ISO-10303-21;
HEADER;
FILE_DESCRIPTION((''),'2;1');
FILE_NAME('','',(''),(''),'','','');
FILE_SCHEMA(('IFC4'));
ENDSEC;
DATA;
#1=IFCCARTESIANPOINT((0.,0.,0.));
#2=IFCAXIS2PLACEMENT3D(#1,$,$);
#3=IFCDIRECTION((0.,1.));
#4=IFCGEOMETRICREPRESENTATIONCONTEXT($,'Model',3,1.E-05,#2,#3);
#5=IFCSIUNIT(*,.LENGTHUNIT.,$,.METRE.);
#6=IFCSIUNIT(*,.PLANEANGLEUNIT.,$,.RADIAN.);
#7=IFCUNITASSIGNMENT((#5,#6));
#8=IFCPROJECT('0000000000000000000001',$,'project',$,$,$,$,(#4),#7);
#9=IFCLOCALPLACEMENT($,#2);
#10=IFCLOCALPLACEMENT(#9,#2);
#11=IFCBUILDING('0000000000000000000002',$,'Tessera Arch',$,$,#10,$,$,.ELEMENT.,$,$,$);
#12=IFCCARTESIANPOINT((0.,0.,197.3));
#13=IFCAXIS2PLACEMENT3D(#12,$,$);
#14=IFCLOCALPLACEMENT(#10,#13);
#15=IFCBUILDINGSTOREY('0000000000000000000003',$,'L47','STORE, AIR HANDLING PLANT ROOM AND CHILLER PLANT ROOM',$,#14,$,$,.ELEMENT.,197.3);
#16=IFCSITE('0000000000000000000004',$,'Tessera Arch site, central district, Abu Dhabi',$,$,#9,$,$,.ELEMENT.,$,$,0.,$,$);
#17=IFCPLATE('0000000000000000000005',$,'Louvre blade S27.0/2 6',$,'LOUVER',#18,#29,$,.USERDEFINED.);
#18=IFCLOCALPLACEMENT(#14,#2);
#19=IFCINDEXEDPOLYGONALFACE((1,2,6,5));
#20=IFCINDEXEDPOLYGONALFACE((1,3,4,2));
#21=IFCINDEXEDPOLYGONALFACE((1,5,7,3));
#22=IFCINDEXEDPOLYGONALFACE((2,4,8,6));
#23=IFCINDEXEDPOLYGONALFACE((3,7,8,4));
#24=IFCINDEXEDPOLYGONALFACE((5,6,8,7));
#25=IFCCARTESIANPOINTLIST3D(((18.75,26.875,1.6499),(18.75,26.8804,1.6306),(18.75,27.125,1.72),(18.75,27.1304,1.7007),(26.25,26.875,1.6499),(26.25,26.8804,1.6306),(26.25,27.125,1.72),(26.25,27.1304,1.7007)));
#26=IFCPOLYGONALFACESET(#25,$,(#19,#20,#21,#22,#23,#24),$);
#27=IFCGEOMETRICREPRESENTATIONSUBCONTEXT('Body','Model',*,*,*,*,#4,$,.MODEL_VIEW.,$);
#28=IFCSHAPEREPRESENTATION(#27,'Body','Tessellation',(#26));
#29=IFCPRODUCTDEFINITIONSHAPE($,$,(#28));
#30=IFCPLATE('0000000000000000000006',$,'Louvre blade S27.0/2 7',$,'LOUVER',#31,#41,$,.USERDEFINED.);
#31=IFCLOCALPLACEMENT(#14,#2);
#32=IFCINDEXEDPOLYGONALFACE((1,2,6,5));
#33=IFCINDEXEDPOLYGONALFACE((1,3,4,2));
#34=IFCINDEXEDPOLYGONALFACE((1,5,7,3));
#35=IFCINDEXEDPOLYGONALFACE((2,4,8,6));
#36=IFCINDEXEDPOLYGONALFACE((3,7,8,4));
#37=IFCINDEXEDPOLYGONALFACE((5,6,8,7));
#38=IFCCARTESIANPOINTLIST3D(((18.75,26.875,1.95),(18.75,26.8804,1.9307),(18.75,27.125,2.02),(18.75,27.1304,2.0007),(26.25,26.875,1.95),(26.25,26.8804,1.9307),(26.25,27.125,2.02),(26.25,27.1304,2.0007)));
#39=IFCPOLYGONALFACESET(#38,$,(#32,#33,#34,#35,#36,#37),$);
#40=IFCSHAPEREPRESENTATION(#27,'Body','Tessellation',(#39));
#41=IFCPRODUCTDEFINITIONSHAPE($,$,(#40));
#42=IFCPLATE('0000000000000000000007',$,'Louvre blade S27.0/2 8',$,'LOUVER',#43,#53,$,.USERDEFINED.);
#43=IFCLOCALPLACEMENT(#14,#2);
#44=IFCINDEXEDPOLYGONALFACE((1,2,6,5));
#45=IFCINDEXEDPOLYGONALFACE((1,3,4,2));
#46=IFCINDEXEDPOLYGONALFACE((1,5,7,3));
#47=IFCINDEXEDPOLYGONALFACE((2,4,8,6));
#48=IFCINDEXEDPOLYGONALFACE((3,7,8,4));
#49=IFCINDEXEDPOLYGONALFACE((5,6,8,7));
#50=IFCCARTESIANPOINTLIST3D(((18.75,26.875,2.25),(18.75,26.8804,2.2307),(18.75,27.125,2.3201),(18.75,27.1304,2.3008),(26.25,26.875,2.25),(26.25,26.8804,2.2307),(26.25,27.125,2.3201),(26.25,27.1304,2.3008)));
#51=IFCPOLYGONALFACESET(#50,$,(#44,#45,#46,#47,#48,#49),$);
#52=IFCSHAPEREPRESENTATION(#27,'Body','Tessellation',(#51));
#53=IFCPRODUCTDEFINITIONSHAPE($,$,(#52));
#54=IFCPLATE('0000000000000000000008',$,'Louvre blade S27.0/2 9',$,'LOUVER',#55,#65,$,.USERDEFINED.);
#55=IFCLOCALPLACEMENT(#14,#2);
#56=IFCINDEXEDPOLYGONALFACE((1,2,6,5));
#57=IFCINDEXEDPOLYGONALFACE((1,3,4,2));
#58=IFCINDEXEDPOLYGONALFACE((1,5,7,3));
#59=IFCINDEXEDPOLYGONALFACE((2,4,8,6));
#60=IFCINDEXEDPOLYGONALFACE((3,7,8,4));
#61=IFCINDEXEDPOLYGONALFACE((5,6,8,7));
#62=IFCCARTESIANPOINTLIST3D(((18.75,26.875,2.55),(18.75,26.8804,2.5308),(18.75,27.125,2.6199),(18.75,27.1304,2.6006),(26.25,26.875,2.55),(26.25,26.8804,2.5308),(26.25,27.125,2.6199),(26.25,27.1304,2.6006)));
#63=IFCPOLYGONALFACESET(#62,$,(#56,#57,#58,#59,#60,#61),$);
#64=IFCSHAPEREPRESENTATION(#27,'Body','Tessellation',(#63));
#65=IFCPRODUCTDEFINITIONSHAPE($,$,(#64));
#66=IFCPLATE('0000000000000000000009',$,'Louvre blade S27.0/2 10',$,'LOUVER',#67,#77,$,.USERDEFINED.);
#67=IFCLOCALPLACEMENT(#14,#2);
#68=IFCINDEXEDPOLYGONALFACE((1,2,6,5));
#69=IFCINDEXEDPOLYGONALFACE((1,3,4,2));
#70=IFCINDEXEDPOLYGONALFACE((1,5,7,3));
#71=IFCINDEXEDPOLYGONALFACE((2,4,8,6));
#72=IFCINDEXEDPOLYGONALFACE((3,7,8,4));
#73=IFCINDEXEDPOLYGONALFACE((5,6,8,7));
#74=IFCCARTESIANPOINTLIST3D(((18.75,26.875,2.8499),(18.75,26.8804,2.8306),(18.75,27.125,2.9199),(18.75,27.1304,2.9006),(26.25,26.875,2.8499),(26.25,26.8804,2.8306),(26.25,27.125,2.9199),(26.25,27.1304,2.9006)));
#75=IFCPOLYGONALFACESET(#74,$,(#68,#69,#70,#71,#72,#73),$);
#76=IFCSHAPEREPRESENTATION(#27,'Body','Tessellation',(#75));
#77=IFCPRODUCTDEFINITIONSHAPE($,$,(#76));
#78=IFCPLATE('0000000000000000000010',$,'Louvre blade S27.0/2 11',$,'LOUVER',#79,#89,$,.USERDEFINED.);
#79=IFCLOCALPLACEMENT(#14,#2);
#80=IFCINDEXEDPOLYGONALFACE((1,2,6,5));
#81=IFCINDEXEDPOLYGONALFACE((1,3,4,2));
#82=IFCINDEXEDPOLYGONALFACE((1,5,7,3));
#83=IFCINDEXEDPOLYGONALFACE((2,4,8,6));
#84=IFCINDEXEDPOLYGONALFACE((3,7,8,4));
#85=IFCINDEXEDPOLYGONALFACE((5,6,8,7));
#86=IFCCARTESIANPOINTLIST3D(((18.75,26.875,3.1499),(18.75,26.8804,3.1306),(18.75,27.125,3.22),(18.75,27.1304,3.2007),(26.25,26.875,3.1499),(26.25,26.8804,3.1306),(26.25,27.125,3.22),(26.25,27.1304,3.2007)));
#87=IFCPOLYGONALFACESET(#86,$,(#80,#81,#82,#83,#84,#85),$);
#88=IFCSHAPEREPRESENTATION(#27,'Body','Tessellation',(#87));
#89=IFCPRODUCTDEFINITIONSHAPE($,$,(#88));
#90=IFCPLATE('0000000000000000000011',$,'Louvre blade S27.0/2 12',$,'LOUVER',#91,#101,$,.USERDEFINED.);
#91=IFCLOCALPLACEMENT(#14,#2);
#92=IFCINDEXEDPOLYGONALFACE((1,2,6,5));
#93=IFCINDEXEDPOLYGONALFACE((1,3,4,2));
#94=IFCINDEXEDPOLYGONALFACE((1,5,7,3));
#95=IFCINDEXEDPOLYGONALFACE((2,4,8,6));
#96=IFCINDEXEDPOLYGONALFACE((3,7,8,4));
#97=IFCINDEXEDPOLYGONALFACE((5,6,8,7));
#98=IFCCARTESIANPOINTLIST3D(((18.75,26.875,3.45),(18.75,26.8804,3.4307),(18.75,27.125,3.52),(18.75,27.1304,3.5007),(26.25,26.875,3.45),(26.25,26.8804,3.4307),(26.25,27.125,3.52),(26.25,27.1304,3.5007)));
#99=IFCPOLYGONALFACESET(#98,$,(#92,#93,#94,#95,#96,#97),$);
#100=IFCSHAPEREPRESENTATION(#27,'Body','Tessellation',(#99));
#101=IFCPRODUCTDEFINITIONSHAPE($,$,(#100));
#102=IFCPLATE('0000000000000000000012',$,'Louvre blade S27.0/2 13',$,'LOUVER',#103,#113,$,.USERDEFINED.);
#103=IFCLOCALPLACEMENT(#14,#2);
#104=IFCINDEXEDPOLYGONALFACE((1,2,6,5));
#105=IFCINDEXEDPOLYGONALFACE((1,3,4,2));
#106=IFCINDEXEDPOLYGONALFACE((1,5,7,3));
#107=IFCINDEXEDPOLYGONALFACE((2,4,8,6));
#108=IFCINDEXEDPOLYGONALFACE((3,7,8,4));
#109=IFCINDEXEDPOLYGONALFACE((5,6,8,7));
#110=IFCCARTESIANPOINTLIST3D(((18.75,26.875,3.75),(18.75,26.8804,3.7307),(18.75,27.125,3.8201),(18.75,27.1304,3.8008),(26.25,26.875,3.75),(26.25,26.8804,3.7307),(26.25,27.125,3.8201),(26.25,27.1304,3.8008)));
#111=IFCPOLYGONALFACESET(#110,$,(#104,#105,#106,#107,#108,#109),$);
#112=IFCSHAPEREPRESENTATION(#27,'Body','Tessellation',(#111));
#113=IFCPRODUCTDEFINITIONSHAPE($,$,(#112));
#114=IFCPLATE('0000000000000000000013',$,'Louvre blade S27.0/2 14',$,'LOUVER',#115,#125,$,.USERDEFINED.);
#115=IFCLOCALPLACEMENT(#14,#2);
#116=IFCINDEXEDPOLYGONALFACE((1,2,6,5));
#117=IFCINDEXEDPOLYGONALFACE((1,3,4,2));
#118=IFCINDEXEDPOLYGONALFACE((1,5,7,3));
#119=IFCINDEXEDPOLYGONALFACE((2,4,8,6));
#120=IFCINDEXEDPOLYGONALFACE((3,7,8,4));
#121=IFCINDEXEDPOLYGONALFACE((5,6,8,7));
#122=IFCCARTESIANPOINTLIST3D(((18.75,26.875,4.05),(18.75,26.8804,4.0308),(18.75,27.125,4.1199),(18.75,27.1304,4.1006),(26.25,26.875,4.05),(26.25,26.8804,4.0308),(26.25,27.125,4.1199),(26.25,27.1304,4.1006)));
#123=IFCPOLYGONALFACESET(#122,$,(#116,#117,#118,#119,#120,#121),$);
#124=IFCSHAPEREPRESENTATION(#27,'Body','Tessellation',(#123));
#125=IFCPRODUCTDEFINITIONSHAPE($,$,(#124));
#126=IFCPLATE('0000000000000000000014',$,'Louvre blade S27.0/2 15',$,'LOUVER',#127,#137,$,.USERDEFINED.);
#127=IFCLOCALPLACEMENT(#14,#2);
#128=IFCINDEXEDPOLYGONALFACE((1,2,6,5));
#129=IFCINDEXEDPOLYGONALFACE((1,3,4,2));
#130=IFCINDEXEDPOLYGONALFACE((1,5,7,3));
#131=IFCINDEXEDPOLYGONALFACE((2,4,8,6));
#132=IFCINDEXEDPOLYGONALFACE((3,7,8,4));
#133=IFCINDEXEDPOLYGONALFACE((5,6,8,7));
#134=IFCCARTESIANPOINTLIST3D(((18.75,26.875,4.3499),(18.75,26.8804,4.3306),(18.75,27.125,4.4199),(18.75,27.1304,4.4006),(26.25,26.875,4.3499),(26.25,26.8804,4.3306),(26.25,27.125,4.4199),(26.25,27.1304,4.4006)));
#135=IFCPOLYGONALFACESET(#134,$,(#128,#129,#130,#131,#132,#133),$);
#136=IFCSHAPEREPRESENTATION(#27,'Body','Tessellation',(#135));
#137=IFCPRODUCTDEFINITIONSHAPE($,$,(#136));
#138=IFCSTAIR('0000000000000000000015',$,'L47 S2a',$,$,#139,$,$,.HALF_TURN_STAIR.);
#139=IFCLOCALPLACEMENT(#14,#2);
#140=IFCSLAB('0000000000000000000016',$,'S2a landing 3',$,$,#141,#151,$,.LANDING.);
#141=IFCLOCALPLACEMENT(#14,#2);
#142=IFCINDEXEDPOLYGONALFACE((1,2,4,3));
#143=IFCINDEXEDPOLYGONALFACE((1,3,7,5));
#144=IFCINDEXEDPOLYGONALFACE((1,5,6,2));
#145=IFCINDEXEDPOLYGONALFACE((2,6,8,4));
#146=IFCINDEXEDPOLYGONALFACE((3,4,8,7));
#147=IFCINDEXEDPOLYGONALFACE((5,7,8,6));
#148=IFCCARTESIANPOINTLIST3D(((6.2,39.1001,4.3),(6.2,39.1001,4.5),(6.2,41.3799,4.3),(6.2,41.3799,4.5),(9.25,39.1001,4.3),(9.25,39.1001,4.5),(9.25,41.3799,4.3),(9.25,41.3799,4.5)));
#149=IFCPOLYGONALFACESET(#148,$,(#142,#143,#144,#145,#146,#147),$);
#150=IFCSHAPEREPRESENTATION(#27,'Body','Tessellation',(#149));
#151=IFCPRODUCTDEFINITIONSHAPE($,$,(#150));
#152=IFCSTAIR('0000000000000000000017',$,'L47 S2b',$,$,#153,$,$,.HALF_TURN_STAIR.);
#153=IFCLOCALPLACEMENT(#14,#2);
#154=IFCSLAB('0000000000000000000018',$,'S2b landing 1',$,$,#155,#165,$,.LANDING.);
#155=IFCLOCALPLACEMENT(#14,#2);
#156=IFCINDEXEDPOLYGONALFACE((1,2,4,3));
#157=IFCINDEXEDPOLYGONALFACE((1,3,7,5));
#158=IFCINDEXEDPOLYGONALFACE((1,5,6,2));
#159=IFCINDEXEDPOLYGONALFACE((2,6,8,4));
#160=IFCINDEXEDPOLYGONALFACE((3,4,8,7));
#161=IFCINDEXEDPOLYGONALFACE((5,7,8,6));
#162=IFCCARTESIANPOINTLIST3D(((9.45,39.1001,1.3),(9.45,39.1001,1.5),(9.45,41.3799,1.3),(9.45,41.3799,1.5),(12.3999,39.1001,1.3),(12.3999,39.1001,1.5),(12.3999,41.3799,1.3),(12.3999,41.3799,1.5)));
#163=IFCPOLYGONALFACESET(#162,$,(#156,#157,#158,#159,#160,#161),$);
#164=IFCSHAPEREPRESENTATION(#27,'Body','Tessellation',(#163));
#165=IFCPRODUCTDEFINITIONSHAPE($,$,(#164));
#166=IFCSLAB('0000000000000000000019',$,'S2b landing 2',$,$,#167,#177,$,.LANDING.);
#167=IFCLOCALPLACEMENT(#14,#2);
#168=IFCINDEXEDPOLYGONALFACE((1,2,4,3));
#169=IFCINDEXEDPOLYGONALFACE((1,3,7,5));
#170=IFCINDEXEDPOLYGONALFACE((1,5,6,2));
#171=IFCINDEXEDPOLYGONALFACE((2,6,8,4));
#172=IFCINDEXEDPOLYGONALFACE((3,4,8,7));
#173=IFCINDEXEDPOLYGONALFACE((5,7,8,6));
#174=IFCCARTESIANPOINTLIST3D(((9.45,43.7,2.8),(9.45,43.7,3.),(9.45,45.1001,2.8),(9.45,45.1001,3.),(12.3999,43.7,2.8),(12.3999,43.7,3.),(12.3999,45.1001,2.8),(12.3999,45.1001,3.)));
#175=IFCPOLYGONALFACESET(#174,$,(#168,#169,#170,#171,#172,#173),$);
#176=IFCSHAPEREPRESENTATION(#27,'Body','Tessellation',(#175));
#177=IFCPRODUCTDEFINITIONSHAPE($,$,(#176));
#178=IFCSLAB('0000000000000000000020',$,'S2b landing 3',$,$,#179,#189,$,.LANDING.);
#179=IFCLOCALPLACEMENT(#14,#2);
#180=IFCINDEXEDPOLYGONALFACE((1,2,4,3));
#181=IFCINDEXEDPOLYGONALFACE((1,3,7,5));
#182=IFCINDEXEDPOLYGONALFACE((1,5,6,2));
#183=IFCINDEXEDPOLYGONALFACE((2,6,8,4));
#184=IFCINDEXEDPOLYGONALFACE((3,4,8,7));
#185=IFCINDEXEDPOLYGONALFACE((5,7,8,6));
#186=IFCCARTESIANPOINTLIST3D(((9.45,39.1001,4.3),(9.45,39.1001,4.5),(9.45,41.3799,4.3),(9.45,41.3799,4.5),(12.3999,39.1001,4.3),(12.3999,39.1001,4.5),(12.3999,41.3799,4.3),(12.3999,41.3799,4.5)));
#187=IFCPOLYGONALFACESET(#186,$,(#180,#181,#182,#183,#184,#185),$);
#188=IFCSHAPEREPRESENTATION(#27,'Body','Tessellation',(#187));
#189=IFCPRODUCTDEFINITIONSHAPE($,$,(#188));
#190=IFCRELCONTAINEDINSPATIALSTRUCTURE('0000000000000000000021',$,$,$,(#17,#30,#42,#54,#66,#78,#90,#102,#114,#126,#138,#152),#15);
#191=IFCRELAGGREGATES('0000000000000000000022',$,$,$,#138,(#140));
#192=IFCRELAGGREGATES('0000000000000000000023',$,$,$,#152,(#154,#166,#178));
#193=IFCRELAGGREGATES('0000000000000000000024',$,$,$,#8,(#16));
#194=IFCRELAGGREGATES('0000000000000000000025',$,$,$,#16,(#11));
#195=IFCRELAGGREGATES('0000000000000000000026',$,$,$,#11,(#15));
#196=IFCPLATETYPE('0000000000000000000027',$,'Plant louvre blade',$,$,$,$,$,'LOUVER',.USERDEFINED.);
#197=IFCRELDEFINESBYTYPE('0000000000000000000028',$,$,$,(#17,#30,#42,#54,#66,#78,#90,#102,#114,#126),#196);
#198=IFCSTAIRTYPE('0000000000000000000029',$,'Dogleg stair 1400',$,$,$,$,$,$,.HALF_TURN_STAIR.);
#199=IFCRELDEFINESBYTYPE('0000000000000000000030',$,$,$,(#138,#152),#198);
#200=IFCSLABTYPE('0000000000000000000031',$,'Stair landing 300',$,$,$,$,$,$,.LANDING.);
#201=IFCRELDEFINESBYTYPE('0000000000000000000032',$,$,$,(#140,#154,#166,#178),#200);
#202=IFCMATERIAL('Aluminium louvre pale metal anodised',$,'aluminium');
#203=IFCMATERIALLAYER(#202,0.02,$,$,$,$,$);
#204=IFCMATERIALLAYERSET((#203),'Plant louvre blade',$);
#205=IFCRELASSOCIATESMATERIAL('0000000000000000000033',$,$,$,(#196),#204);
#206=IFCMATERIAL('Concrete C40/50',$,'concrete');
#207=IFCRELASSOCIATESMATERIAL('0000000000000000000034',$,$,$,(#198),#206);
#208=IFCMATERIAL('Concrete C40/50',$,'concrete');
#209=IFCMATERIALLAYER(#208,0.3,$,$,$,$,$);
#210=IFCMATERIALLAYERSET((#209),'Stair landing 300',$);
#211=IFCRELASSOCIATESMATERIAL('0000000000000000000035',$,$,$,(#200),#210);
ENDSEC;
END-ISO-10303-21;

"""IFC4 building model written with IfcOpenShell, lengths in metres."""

from ifc_helpers import new_model, si_unit, direction, frame, origin, place, context, subcontext, project, spatial, polyline, outline, extrude, material, layer, layer_set, type_object, element, aggregate, save


model = new_model("IFC4")

# Units and contexts
model_context = context("Model", 3, precision=1e-05, world=origin(), true_north=direction((0.0, 1.0)))
body_context = subcontext(model_context, "Body", "Model", "MODEL_VIEW")
ifc_project = project(units=[si_unit("LENGTHUNIT", "METRE"), si_unit("PLANEANGLEUNIT", "RADIAN")], contexts=[model_context])

# Site, building, storey
site_placement = place(None, origin())
site = spatial("IfcSite", under=ifc_project, at=site_placement, Name="Tessera Arch site, central district, Abu Dhabi", CompositionType="ELEMENT", RefElevation=0.0)
building_placement = place(site_placement, origin())
building = spatial("IfcBuilding", under=site, at=building_placement, Name="Tessera Arch", CompositionType="ELEMENT")
storey_placement = place(building_placement, frame((0.0, 0.0, 197.3)))
storey = spatial("IfcBuildingStorey", under=building, at=storey_placement, Name="L47", Description="STORE, AIR HANDLING PLANT ROOM AND CHILLER PLANT ROOM", CompositionType="ELEMENT", Elevation=197.3)

# Plates
ifc_material_1 = material(Name="Aluminium louvre pale metal anodised", Category="aluminium")
ifc_layer_1 = layer(ifc_material_1, 0.02)
ifc_layer_set_1 = layer_set([ifc_layer_1], Name="Plant louvre blade")
plate_type_1 = type_object("IfcPlateType", Name="Plant louvre blade", ElementType="LOUVER", PredefinedType="USERDEFINED", material=ifc_layer_set_1)
for number, where, z_axis, x_axis, name in (
    (1, (18.75, 26.875, 1.6499), (0.0, -0.269874, 0.962896), (1.0, 0.0, 0.0), "Louvre blade S27.0/2 6"),
    (2, (18.75, 26.875, 1.95), (0.0, -0.269874, 0.962896), (1.0, 0.0, 0.0), "Louvre blade S27.0/2 7"),
    (3, (18.75, 26.875, 2.25), (0.0, -0.269874, 0.962896), (1.0, 0.0, 0.0), "Louvre blade S27.0/2 8"),
):
    element("IfcPlate", number, at=place(storey_placement, frame(where, z_axis=z_axis, x_axis=x_axis)), inside=storey, type_object=plate_type_1, Name=name, ObjectType="LOUVER", PredefinedType="USERDEFINED", context=body_context, shape_type="SweptSolid", body=[
        extrude(outline(polyline([(0.0, 0.0), (7.5, 0.0), (7.5, 0.2596), (0.0, 0.2596), (0.0, 0.0)])), origin(), (0.0, 0.0, -1.0), 0.02),
    ])
plate_1_placement = place(storey_placement, frame((18.75, 26.875, 2.55), z_axis=(0.0, -0.269002, 0.96314), x_axis=(1.0, 0.0, 0.0)))
element("IfcPlate", 4, at=plate_1_placement, inside=storey, type_object=plate_type_1, Name="Louvre blade S27.0/2 9", ObjectType="LOUVER", PredefinedType="USERDEFINED", context=body_context, shape_type="SweptSolid", body=[
    extrude(outline(polyline([(0.0, 0.0), (7.5, 0.0), (7.5, 0.2596), (0.0, 0.2596), (0.0, 0.0)])), origin(), (0.0, 0.0, -1.0), 0.02),
])
for number, where, z_axis, x_axis, name in (
    (5, (18.75, 26.875, 2.8499), (0.0, -0.269874, 0.962896), (1.0, 0.0, 0.0), "Louvre blade S27.0/2 10"),
    (6, (18.75, 26.875, 3.1499), (0.0, -0.269874, 0.962896), (1.0, 0.0, 0.0), "Louvre blade S27.0/2 11"),
    (7, (18.75, 26.875, 3.45), (0.0, -0.269874, 0.962896), (1.0, 0.0, 0.0), "Louvre blade S27.0/2 12"),
    (8, (18.75, 26.875, 3.75), (0.0, -0.269874, 0.962896), (1.0, 0.0, 0.0), "Louvre blade S27.0/2 13"),
):
    element("IfcPlate", number, at=place(storey_placement, frame(where, z_axis=z_axis, x_axis=x_axis)), inside=storey, type_object=plate_type_1, Name=name, ObjectType="LOUVER", PredefinedType="USERDEFINED", context=body_context, shape_type="SweptSolid", body=[
        extrude(outline(polyline([(0.0, 0.0), (7.5, 0.0), (7.5, 0.2596), (0.0, 0.2596), (0.0, 0.0)])), origin(), (0.0, 0.0, -1.0), 0.02),
    ])
plate_2_placement = place(storey_placement, frame((18.75, 26.875, 4.05), z_axis=(0.0, -0.269002, 0.96314), x_axis=(1.0, 0.0, 0.0)))
element("IfcPlate", 9, at=plate_2_placement, inside=storey, type_object=plate_type_1, Name="Louvre blade S27.0/2 14", ObjectType="LOUVER", PredefinedType="USERDEFINED", context=body_context, shape_type="SweptSolid", body=[
    extrude(outline(polyline([(0.0, 0.0), (7.5, 0.0), (7.5, 0.2596), (0.0, 0.2596), (0.0, 0.0)])), origin(), (0.0, 0.0, -1.0), 0.02),
])
plate_3_placement = place(storey_placement, frame((18.75, 26.875, 4.3499), z_axis=(0.0, -0.269874, 0.962896), x_axis=(1.0, 0.0, 0.0)))
element("IfcPlate", 10, at=plate_3_placement, inside=storey, type_object=plate_type_1, Name="Louvre blade S27.0/2 15", ObjectType="LOUVER", PredefinedType="USERDEFINED", context=body_context, shape_type="SweptSolid", body=[
    extrude(outline(polyline([(0.0, 0.0), (7.5, 0.0), (7.5, 0.2596), (0.0, 0.2596), (0.0, 0.0)])), origin(), (0.0, 0.0, -1.0), 0.02),
])

# Stair, slab
ifc_material_2 = material(Name="Concrete C40/50", Category="concrete")
stair_type = type_object("IfcStairType", Name="Dogleg stair 1400", PredefinedType="HALF_TURN_STAIR", material=ifc_material_2)
stair_1_placement = place(storey_placement, origin())
stair_1 = element("IfcStair", 11, at=stair_1_placement, inside=storey, type_object=stair_type, Name="L47 S2a", PredefinedType="HALF_TURN_STAIR")
ifc_material_3 = material(Name="Concrete C40/50", Category="concrete")
ifc_layer_2 = layer(ifc_material_3, 0.3)
ifc_layer_set_2 = layer_set([ifc_layer_2], Name="Stair landing 300")
slab_type = type_object("IfcSlabType", Name="Stair landing 300", PredefinedType="LANDING", material=ifc_layer_set_2)
slab_1_placement = place(storey_placement, frame((0.0, 0.0, 4.3)))
slab_1 = element("IfcSlab", 12, at=slab_1_placement, type_object=slab_type, Name="S2a landing 3", PredefinedType="LANDING", context=body_context, shape_type="SweptSolid", body=[
    extrude(outline(polyline([(6.2, 41.3799), (6.2, 39.1001), (9.25, 39.1001), (9.25, 41.3799), (6.2, 41.3799)])), origin(), (0.0, 0.0, 1.0), 0.2),
])
aggregate(stair_1, [slab_1])

# Stair, slabs
stair_2_placement = place(storey_placement, origin())
stair_2 = element("IfcStair", 13, at=stair_2_placement, inside=storey, type_object=stair_type, Name="L47 S2b", PredefinedType="HALF_TURN_STAIR")
slab_2_placement = place(storey_placement, frame((0.0, 0.0, 1.3)))
slab_2 = element("IfcSlab", 14, at=slab_2_placement, type_object=slab_type, Name="S2b landing 1", PredefinedType="LANDING", context=body_context, shape_type="SweptSolid", body=[
    extrude(outline(polyline([(9.45, 41.3799), (9.45, 39.1001), (12.3999, 39.1001), (12.3999, 41.3799), (9.45, 41.3799)])), origin(), (0.0, 0.0, 1.0), 0.2),
])
slab_3_placement = place(storey_placement, frame((0.0, 0.0, 2.8)))
slab_3 = element("IfcSlab", 15, at=slab_3_placement, type_object=slab_type, Name="S2b landing 2", PredefinedType="LANDING", context=body_context, shape_type="SweptSolid", body=[
    extrude(outline(polyline([(9.45, 45.1001), (9.45, 43.7), (12.3999, 43.7), (12.3999, 45.1001), (9.45, 45.1001)])), origin(), (0.0, 0.0, 1.0), 0.2),
])
slab_4_placement = place(storey_placement, frame((0.0, 0.0, 4.3)))
slab_4 = element("IfcSlab", 16, at=slab_4_placement, type_object=slab_type, Name="S2b landing 3", PredefinedType="LANDING", context=body_context, shape_type="SweptSolid", body=[
    extrude(outline(polyline([(9.45, 41.3799), (9.45, 39.1001), (12.3999, 39.1001), (12.3999, 41.3799), (9.45, 41.3799)])), origin(), (0.0, 0.0, 1.0), 0.2),
])
aggregate(stair_2, [slab_2, slab_3, slab_4])

save(model, "model.ifc")
